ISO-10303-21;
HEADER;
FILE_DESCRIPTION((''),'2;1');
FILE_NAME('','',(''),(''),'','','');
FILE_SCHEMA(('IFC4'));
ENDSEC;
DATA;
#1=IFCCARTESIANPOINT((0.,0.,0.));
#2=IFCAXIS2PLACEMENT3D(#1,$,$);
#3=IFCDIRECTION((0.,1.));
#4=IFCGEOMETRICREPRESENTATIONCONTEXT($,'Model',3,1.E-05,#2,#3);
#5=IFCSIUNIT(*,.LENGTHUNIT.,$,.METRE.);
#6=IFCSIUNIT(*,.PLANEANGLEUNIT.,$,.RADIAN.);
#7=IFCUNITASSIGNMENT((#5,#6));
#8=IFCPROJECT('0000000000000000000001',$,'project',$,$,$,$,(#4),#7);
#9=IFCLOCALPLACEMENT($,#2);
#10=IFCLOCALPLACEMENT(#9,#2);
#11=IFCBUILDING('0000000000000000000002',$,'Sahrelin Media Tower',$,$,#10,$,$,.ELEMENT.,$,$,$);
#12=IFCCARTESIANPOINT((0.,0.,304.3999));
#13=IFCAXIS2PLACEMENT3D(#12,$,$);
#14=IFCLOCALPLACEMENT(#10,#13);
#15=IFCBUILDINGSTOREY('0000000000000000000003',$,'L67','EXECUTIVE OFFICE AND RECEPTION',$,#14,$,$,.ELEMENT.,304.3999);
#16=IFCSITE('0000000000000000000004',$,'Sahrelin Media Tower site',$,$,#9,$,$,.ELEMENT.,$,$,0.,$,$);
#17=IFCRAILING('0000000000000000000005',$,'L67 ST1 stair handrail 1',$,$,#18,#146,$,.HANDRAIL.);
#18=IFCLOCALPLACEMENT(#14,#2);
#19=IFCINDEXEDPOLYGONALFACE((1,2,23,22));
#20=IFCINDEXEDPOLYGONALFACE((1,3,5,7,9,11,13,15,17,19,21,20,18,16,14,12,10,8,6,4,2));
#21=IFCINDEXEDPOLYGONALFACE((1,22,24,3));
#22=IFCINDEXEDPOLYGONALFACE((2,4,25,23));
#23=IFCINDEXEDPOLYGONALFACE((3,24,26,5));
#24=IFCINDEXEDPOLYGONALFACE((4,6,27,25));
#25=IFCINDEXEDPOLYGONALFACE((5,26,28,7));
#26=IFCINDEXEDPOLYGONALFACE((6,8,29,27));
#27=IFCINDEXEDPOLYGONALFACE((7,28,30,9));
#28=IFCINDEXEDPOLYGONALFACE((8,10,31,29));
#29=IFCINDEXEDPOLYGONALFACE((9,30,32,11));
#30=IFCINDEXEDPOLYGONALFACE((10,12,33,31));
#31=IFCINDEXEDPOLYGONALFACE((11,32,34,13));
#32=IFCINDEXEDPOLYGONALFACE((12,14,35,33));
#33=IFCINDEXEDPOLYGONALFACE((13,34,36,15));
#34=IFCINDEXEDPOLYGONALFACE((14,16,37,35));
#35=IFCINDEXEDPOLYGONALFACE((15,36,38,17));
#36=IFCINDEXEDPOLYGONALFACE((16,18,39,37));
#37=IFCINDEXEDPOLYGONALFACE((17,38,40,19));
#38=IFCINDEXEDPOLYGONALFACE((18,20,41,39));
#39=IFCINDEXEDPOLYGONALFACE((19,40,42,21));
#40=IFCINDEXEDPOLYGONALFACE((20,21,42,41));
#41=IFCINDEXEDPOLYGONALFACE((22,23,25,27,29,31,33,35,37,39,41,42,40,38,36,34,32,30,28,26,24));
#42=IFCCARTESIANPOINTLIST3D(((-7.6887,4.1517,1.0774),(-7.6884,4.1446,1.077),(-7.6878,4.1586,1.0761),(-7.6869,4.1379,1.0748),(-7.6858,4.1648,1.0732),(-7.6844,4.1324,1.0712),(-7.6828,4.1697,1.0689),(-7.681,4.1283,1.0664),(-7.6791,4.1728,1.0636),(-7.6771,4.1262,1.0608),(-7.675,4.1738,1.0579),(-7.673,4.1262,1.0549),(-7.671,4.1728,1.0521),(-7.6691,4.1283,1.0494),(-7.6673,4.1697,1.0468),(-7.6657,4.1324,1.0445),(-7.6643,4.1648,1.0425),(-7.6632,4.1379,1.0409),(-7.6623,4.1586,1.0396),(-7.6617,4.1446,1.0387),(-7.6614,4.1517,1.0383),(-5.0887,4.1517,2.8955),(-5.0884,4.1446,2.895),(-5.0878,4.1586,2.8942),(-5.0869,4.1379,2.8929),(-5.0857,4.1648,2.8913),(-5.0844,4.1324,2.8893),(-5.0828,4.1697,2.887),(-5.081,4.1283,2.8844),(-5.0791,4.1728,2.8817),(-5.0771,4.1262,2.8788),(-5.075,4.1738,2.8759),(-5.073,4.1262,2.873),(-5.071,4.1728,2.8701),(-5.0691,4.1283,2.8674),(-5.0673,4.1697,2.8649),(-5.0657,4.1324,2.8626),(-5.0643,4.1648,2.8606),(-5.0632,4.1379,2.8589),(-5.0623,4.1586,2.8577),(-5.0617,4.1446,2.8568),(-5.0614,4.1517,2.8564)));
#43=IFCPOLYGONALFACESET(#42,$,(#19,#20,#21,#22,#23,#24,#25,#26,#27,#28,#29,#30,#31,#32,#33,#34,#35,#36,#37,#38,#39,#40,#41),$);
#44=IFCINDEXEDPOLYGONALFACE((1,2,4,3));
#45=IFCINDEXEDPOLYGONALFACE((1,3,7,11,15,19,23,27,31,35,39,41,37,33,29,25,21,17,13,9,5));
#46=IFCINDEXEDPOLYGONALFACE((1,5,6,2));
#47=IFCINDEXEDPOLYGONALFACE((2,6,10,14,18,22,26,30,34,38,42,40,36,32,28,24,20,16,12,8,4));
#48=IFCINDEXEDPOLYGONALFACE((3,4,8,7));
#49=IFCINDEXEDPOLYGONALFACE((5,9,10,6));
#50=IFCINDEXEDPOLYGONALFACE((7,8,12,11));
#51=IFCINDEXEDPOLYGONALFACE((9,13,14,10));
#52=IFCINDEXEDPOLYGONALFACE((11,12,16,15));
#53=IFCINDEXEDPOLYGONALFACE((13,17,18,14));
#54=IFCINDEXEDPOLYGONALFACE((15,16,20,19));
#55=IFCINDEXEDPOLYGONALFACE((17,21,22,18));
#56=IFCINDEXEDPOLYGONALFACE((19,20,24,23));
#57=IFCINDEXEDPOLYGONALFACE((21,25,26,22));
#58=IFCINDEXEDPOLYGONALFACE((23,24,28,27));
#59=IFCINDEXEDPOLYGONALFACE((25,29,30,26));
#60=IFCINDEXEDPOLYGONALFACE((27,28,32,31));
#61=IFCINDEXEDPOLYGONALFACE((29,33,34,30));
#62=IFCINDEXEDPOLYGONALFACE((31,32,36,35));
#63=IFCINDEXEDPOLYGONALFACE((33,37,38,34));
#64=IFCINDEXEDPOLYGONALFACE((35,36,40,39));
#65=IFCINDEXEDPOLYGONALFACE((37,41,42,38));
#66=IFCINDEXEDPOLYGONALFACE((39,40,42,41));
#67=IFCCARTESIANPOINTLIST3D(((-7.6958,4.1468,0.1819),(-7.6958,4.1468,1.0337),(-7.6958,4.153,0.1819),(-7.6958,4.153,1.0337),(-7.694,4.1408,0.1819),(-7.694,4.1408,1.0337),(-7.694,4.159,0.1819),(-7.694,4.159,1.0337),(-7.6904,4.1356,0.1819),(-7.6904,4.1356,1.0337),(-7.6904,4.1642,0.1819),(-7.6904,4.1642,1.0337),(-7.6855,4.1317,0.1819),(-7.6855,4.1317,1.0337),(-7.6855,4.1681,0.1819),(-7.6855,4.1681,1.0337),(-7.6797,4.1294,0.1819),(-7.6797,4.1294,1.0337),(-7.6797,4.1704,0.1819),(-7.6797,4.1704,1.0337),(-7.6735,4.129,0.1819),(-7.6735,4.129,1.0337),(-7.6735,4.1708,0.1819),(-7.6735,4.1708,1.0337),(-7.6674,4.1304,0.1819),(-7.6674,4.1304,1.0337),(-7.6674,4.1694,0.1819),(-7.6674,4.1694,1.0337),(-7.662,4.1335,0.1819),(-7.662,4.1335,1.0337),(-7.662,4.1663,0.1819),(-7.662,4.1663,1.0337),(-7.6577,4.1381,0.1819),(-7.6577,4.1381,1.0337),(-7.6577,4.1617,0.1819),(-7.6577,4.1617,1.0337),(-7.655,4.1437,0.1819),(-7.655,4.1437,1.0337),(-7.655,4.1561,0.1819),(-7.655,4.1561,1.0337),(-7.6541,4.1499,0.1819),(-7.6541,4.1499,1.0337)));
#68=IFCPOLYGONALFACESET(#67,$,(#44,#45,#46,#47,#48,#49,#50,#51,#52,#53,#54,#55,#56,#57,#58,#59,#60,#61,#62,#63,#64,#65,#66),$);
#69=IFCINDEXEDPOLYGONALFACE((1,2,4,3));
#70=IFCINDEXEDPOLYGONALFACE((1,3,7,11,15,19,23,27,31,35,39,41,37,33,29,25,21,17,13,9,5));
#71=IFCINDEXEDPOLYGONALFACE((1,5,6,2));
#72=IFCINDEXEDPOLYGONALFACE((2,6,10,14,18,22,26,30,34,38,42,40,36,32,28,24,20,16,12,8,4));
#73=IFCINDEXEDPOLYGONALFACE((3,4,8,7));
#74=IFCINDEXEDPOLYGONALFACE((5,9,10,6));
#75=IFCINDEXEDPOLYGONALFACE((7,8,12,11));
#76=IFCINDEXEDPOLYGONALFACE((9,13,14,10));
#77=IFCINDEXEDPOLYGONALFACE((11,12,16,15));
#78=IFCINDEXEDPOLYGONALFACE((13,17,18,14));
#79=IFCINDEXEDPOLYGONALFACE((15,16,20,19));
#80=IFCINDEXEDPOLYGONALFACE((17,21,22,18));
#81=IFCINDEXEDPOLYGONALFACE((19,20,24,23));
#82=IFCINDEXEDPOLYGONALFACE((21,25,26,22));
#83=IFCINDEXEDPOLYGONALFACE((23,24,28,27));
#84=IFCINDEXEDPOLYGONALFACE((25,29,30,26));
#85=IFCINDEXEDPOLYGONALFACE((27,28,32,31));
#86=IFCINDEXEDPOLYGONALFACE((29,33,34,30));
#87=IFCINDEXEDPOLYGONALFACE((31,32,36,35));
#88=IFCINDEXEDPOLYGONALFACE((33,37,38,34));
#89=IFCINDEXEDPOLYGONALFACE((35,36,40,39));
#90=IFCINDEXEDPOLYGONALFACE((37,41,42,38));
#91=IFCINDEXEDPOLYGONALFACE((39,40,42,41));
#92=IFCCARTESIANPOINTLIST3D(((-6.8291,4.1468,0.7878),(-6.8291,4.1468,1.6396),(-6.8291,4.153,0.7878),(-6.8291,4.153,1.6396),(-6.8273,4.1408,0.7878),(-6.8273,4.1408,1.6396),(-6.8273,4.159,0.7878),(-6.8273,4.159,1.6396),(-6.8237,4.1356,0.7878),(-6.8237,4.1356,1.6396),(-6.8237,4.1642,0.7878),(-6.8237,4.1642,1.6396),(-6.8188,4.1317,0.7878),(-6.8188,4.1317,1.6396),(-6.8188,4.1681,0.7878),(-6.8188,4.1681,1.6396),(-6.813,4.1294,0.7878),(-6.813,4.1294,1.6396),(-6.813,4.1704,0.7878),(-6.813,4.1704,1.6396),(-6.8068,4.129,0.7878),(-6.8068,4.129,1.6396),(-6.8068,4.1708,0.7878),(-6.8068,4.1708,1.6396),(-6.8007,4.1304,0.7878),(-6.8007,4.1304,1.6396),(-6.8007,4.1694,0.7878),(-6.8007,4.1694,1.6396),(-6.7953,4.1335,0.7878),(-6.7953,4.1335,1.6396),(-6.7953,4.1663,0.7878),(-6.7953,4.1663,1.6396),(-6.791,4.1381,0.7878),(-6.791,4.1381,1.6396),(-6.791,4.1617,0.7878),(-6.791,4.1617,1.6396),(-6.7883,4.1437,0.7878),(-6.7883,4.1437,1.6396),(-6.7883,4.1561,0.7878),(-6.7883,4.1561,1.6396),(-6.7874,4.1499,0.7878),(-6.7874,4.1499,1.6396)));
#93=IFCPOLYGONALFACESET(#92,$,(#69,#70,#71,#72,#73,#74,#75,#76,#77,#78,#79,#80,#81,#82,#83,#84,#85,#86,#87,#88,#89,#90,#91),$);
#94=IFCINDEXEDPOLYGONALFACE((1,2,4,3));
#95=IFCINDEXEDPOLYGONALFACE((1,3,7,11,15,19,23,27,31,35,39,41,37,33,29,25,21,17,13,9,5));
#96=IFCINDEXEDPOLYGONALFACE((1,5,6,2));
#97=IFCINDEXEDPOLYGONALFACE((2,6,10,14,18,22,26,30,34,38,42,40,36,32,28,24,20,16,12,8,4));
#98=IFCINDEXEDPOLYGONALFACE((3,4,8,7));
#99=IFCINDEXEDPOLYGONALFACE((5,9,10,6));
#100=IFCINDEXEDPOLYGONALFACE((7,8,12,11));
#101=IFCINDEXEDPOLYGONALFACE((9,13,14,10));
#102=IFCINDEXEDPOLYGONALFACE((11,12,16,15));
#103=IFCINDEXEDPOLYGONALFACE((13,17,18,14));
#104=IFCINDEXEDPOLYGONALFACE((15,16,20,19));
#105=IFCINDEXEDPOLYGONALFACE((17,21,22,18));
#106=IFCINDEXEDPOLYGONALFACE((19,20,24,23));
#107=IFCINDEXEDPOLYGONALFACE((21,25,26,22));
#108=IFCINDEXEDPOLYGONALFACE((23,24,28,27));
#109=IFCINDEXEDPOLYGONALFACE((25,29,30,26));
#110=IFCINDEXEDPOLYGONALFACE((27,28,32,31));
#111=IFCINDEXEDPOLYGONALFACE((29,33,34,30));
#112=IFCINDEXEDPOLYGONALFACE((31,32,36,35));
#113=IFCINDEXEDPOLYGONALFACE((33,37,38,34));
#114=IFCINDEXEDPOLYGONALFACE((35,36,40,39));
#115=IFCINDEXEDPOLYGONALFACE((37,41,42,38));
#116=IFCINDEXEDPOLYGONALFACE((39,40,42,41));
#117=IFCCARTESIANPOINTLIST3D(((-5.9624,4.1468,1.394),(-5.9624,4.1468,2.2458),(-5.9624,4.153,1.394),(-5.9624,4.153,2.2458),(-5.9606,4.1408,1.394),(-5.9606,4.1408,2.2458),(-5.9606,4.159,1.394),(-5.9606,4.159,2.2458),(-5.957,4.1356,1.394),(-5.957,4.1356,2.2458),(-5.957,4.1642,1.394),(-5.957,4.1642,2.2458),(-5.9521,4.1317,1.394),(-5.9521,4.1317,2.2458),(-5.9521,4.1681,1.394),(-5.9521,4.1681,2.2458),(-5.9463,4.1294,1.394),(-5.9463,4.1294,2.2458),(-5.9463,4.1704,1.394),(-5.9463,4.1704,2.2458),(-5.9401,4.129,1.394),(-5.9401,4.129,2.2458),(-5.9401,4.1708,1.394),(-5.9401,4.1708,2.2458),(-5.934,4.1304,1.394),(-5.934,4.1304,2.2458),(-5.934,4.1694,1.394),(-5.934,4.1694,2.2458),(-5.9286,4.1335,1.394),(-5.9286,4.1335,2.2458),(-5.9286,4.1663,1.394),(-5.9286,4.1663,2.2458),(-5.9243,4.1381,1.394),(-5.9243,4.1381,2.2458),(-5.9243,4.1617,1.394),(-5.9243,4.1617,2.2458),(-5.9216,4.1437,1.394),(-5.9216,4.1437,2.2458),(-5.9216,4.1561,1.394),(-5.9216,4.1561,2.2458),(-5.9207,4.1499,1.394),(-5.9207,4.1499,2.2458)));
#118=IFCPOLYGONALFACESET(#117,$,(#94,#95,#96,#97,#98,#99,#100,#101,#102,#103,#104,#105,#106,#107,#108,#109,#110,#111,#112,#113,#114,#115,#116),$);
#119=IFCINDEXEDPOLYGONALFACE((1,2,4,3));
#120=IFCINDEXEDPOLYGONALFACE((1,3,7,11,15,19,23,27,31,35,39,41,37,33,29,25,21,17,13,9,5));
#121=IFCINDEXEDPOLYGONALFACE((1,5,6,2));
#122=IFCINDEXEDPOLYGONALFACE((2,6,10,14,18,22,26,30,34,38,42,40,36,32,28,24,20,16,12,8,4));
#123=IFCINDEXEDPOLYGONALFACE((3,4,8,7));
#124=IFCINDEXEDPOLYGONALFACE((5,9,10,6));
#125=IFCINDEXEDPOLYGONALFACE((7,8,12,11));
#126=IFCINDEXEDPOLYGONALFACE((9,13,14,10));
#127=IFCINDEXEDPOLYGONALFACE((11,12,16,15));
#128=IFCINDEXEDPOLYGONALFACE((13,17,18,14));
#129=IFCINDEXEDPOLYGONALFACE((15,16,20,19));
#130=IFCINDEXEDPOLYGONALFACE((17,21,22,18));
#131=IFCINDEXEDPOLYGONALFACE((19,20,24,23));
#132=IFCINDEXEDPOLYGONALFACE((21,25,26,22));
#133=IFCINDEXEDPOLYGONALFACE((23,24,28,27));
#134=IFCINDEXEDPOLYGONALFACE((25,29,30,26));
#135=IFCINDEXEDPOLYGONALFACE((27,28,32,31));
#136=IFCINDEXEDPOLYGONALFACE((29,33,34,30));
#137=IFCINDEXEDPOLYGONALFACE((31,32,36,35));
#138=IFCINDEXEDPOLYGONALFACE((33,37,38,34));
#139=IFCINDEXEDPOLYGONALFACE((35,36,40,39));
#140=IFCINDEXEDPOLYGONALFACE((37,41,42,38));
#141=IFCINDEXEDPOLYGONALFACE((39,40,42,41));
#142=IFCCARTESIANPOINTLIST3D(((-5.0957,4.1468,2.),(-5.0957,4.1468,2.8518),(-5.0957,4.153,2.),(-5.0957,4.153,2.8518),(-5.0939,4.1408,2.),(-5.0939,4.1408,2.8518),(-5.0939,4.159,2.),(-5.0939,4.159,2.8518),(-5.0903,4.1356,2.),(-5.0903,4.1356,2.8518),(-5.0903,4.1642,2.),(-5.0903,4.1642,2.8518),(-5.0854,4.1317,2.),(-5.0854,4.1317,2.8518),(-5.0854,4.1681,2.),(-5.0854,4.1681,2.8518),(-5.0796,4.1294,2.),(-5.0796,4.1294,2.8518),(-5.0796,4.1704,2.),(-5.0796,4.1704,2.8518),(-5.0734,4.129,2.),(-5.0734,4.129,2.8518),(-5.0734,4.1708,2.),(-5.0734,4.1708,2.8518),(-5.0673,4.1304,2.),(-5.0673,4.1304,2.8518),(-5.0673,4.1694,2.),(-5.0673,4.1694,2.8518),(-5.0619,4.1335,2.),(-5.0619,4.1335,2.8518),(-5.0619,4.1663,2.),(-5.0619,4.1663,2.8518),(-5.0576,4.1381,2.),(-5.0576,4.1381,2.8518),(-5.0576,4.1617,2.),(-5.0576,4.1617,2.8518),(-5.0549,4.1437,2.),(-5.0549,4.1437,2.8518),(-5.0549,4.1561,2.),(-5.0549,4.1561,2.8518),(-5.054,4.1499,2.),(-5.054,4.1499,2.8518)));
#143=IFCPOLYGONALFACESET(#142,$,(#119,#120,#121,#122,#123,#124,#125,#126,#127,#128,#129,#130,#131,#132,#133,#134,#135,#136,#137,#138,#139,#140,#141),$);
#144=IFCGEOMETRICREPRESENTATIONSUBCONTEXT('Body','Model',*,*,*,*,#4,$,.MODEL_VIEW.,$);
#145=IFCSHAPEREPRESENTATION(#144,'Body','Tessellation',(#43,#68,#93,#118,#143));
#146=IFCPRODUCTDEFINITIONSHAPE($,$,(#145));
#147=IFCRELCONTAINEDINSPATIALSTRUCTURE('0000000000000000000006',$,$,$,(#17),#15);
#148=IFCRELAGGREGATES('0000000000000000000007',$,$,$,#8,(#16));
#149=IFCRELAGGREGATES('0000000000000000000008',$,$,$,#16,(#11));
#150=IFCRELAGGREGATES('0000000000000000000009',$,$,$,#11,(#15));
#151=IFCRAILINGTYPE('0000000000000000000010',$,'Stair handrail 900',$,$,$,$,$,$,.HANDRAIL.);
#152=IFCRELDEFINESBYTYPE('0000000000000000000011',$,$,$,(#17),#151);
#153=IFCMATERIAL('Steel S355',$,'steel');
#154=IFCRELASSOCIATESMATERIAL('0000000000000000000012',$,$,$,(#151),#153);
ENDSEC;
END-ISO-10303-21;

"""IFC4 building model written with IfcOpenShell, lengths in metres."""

from ifc_helpers import new_model, si_unit, direction, frame, origin, origin_2d, place, context, subcontext, project, spatial, circle, extrude, material, type_object, element, save


model = new_model("IFC4")

# Units and contexts
model_context = context("Model", 3, precision=1e-05, world=origin(), true_north=direction((0.0, 1.0)))
body_context = subcontext(model_context, "Body", "Model", "MODEL_VIEW")
ifc_project = project(units=[si_unit("LENGTHUNIT", "METRE"), si_unit("PLANEANGLEUNIT", "RADIAN")], contexts=[model_context])

# Site, building, storey
site_placement = place(None, origin())
site = spatial("IfcSite", under=ifc_project, at=site_placement, Name="Sahrelin Media Tower site", CompositionType="ELEMENT", RefElevation=0.0)
building_placement = place(site_placement, origin())
building = spatial("IfcBuilding", under=site, at=building_placement, Name="Sahrelin Media Tower", CompositionType="ELEMENT")
storey_placement = place(building_placement, frame((0.0, 0.0, 304.3999)))
storey = spatial("IfcBuildingStorey", under=building, at=storey_placement, Name="L67", Description="EXECUTIVE OFFICE AND RECEPTION", CompositionType="ELEMENT", Elevation=304.3999)

# Shared definitions
ifc_material_1 = material(Name="Steel S355", Category="steel")

# Railing
railing_type_1 = type_object("IfcRailingType", Name="Stair handrail 900", PredefinedType="HANDRAIL", material=ifc_material_1)
railing_1_placement = place(storey_placement, frame((-7.675, 4.1499, 0.1819)))
element("IfcRailing", 1, at=railing_1_placement, inside=storey, type_object=railing_type_1, Name="L67 ST1 stair handrail 1", PredefinedType="HANDRAIL", context=body_context, shape_type="SweptSolid", body=[
    extrude(circle(Radius=0.0239, at=origin_2d()), frame((0.0, 0.0, 0.876), z_axis=(0.819521, 0.0, 0.573049), x_axis=(0.0, 1.0, 0.0)), (0.0, 0.0, 1.0), 3.1726),
    extrude(circle(Radius=0.021, at=origin_2d()), origin(), (0.0, 0.0, 1.0), 0.8518),
    extrude(circle(Radius=0.021, at=origin_2d()), frame((0.8667, 0.0, 0.606)), (0.0, 0.0, 1.0), 0.8518),
    extrude(circle(Radius=0.021, at=origin_2d()), frame((1.7334, 0.0, 1.2122)), (0.0, 0.0, 1.0), 0.8518),
    extrude(circle(Radius=0.021, at=origin_2d()), frame((2.6001, 0.0, 1.8181)), (0.0, 0.0, 1.0), 0.8518),
])

save(model, "model.ifc")
